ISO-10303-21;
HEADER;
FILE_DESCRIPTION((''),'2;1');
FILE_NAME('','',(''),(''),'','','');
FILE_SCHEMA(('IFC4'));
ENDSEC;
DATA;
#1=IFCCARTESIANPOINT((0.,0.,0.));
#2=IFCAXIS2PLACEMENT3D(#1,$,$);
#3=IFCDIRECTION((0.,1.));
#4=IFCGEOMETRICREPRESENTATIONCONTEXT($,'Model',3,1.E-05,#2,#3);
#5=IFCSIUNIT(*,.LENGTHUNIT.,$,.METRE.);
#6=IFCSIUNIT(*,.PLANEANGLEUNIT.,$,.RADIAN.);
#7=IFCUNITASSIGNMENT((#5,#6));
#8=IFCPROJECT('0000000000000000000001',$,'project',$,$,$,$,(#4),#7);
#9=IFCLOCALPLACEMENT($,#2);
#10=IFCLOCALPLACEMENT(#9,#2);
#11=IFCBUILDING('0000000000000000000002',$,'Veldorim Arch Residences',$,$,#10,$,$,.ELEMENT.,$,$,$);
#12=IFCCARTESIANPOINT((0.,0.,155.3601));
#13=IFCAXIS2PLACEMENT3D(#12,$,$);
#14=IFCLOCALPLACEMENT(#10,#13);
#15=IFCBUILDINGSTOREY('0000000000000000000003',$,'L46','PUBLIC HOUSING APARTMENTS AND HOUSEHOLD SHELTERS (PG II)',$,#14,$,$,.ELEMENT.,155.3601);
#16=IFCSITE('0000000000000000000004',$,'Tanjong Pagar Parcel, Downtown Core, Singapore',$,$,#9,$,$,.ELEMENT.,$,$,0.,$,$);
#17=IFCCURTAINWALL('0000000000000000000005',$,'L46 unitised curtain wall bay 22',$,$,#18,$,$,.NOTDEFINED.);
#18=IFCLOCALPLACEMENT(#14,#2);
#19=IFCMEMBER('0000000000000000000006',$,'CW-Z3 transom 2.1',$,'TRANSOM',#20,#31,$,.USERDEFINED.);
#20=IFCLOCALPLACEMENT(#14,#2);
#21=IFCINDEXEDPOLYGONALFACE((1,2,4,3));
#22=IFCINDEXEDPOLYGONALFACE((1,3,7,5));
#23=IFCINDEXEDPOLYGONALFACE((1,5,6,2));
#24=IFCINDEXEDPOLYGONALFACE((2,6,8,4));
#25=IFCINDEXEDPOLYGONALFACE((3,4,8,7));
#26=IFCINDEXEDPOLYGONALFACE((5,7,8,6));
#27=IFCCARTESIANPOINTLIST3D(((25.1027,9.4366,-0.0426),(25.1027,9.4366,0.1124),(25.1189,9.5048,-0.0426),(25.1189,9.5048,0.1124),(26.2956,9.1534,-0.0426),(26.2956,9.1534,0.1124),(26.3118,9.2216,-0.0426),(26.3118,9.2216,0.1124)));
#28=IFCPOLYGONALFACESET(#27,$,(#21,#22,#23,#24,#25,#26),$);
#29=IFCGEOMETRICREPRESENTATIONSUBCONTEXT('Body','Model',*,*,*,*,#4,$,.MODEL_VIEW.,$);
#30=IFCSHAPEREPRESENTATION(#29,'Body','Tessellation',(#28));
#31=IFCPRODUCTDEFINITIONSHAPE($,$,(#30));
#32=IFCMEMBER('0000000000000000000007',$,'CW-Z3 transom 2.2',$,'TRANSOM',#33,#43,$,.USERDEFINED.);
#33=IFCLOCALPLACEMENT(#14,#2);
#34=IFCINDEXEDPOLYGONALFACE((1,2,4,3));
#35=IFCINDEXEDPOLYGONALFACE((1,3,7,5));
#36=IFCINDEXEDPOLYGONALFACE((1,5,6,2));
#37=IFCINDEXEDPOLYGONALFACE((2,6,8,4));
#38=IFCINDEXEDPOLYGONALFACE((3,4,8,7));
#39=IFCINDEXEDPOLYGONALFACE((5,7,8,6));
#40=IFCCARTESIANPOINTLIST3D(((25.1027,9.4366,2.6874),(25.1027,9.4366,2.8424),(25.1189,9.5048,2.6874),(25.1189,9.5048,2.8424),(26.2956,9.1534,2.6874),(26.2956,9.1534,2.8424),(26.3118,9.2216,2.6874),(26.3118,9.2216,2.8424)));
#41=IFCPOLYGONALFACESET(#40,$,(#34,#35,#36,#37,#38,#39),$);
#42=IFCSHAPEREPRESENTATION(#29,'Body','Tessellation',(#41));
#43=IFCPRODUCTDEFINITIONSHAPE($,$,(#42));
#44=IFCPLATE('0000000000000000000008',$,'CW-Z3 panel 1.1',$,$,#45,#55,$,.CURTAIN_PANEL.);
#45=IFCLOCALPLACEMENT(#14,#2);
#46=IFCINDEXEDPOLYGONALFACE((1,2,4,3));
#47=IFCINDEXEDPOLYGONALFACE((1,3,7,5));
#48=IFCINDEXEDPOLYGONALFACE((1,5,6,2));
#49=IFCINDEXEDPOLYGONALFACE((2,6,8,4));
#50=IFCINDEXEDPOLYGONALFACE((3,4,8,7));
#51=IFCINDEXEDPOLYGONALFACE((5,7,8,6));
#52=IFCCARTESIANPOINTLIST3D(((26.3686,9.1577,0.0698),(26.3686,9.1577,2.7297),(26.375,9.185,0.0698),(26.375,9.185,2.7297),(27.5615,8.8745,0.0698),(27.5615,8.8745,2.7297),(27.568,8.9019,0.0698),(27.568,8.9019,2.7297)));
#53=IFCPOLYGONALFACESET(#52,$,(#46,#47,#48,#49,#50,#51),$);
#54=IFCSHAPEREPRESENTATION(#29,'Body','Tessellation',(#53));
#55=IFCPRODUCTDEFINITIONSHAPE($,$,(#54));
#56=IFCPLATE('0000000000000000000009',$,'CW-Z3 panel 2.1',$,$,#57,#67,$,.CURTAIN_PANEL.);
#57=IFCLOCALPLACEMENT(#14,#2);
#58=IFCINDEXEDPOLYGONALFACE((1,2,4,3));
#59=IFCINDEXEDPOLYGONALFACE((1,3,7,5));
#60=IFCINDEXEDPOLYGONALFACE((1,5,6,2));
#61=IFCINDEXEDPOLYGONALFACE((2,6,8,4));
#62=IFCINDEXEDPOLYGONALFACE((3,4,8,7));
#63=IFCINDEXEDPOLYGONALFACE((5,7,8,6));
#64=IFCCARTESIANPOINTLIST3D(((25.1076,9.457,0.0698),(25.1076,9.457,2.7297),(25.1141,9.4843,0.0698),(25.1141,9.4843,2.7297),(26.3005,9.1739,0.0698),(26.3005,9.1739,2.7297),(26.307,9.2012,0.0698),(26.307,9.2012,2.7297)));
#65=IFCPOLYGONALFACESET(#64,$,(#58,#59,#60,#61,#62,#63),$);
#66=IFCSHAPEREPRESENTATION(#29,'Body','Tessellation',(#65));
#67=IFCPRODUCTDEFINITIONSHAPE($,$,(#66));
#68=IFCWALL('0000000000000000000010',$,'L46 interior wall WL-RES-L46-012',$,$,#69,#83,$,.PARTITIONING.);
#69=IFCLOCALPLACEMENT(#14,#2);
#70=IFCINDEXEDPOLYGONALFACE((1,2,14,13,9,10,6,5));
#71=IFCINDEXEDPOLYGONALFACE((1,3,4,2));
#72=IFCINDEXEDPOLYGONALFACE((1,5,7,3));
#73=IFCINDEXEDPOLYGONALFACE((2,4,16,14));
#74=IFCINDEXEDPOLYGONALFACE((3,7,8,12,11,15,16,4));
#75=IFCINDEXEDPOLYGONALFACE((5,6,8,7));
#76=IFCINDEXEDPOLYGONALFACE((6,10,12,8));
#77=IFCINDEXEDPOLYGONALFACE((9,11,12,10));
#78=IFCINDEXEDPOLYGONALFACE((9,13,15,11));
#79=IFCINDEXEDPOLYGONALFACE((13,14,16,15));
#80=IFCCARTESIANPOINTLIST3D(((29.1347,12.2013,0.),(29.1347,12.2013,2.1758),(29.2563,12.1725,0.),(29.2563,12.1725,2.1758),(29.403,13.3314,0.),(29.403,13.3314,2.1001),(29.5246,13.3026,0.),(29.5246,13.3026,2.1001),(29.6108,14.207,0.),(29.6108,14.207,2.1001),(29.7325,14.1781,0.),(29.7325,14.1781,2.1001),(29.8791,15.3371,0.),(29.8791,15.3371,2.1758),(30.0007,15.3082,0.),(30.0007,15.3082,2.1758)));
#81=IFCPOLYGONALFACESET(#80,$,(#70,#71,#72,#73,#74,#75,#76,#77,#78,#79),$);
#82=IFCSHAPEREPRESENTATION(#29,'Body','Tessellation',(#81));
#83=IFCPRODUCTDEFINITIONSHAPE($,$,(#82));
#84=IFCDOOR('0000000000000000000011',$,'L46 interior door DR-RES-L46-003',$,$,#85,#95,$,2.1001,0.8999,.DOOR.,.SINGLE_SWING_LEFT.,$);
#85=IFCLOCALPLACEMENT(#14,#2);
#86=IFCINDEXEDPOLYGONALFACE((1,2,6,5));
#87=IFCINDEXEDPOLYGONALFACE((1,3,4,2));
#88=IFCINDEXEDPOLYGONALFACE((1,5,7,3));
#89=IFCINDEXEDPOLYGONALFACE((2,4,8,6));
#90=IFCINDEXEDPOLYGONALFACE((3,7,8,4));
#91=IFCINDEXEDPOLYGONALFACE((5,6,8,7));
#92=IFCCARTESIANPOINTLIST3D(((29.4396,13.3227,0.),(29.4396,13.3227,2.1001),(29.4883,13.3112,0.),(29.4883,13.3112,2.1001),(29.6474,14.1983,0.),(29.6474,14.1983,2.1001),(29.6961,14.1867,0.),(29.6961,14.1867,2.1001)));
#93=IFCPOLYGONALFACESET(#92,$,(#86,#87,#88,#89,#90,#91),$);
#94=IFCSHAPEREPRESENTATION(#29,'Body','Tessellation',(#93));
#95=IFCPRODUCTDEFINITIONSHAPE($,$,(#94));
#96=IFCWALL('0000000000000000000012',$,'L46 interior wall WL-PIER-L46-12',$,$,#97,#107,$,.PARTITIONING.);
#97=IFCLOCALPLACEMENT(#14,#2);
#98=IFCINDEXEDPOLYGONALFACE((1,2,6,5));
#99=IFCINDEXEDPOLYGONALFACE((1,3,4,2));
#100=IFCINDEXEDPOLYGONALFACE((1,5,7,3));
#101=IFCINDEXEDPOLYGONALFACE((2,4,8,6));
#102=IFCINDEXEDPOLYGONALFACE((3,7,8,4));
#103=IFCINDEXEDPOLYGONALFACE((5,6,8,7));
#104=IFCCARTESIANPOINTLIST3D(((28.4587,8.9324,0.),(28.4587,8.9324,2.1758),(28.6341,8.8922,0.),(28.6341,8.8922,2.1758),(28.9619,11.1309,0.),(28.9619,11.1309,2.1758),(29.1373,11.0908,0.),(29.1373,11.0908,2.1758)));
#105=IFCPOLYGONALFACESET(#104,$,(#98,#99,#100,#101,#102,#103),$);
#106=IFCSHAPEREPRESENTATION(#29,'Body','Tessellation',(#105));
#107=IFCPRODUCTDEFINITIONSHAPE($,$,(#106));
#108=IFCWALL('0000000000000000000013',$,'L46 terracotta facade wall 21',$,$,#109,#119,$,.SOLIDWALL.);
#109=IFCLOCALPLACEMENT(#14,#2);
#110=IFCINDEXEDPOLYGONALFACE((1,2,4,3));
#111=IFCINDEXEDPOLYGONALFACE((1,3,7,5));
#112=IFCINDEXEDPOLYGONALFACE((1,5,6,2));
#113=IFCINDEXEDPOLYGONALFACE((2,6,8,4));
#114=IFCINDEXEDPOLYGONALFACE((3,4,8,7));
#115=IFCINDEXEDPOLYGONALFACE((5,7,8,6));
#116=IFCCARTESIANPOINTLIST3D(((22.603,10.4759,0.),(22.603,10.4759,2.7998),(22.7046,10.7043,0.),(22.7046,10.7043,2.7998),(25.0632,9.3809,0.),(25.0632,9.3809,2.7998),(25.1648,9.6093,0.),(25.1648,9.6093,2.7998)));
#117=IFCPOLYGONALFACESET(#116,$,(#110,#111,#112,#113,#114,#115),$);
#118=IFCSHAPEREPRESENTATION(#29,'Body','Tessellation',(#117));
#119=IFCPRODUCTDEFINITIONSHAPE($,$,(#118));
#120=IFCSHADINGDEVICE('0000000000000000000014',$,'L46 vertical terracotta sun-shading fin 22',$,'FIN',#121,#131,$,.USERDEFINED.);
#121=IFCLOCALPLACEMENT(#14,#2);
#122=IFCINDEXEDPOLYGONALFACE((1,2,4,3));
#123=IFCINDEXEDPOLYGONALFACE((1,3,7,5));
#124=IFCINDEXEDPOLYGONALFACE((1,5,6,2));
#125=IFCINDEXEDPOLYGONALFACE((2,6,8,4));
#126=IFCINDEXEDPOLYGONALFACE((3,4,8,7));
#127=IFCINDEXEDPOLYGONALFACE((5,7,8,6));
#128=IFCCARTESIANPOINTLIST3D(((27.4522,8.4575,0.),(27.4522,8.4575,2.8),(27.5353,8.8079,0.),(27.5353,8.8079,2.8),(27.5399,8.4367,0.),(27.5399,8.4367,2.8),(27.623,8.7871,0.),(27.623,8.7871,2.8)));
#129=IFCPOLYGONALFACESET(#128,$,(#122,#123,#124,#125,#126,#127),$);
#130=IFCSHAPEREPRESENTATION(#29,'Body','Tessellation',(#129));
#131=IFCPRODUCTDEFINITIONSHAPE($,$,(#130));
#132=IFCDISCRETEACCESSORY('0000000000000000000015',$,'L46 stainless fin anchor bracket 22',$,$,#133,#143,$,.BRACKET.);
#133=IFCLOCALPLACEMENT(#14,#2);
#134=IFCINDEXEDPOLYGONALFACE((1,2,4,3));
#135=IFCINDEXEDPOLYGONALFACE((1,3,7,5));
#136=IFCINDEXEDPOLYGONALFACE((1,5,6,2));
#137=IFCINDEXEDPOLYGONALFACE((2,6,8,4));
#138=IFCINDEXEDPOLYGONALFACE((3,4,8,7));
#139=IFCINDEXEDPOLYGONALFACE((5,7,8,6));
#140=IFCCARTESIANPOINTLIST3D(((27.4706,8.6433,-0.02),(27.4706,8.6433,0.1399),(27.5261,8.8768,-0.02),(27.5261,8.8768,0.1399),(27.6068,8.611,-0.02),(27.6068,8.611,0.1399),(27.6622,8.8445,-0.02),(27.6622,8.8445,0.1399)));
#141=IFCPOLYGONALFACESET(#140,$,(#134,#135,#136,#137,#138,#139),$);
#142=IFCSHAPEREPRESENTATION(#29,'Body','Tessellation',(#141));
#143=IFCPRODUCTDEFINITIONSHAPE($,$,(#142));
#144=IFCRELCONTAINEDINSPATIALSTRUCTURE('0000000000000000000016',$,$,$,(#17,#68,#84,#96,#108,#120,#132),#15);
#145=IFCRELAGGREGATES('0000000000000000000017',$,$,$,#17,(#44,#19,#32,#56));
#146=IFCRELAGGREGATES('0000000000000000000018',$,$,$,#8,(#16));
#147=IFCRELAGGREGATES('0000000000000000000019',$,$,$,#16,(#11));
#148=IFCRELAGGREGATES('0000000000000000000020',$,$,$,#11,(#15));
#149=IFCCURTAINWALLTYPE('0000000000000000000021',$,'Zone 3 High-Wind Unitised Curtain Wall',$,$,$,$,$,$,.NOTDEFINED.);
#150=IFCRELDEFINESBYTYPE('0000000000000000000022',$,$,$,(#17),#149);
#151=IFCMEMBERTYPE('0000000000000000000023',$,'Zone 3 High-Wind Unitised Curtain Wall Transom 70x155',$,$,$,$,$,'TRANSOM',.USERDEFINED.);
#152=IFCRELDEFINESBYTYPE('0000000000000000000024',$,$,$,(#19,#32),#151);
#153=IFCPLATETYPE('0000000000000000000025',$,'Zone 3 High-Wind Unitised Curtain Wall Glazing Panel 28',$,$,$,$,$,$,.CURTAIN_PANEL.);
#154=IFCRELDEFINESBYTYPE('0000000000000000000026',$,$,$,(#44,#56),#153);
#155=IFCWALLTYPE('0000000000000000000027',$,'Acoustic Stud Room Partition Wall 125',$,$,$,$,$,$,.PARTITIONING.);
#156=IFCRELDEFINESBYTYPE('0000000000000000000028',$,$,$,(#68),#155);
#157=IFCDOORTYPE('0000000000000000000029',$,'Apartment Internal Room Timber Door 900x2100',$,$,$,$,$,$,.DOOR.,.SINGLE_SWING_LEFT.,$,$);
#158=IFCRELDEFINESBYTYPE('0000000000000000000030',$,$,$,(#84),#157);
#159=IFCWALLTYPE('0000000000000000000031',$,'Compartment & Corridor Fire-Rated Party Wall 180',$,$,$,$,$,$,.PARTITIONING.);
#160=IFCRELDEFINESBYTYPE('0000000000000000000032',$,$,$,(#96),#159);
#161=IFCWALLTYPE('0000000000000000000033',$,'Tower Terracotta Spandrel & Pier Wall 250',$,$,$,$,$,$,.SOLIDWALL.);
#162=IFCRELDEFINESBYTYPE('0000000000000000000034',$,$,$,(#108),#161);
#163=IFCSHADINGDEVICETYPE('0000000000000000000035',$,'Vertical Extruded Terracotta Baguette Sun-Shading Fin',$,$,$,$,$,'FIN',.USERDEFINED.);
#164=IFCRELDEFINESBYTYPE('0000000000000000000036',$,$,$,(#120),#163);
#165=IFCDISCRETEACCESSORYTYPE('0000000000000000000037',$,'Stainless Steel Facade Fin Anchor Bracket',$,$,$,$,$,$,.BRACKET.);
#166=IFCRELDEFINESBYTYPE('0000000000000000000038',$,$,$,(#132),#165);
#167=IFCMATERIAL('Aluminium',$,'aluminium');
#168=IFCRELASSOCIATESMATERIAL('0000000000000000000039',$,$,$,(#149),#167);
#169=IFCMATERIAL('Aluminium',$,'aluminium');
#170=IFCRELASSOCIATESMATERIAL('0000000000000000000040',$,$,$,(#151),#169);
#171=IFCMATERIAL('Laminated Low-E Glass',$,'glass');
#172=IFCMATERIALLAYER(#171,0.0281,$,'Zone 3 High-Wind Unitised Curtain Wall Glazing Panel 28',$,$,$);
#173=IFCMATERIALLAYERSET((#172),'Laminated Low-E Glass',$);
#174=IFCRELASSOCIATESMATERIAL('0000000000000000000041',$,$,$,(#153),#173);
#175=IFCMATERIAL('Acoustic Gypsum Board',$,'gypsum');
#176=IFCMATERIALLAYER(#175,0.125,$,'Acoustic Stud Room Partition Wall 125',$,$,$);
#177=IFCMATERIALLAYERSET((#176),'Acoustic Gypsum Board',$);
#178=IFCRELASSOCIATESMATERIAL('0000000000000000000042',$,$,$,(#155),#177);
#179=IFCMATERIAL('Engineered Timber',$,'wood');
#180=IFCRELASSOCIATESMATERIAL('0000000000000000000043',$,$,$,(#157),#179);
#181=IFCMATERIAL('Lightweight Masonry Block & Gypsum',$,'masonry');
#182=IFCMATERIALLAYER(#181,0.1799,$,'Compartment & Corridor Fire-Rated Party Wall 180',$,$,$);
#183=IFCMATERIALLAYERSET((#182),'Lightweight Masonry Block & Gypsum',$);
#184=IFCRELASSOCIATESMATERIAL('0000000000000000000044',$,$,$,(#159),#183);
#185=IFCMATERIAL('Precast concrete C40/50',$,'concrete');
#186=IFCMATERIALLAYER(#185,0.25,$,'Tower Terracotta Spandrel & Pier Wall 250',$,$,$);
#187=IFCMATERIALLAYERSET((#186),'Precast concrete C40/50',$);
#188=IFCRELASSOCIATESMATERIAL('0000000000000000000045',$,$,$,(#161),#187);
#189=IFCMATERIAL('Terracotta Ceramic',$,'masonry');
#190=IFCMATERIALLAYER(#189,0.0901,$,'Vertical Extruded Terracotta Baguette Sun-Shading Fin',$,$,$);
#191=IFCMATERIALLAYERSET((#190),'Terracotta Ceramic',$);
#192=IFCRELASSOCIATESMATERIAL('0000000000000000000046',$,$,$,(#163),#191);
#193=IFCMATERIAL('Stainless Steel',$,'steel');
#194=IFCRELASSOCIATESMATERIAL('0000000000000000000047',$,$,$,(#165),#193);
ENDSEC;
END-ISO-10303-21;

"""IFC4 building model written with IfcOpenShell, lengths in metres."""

from ifc_helpers import new_model, si_unit, direction, frame, frame_2d, origin, origin_2d, place, context, subcontext, project, spatial, rectangle, extrude, material, layer, layer_set, material_profile, profile_set, type_object, element, fill, aggregate, save


model = new_model("IFC4")

# Units and contexts
model_context = context("Model", 3, precision=1e-05, world=origin(), true_north=direction((0.0, 1.0)))
body_context = subcontext(model_context, "Body", "Model", "MODEL_VIEW")
ifc_project = project(units=[si_unit("LENGTHUNIT", "METRE"), si_unit("PLANEANGLEUNIT", "RADIAN")], contexts=[model_context])

# Site, building, storey
site_placement = place(None, origin())
site = spatial("IfcSite", under=ifc_project, at=site_placement, Name="Tanjong Pagar Parcel, Downtown Core, Singapore", CompositionType="ELEMENT", RefElevation=0.0)
building_placement = place(site_placement, origin())
building = spatial("IfcBuilding", under=site, at=building_placement, Name="Veldorim Arch Residences", CompositionType="ELEMENT")
storey_placement = place(building_placement, frame((0.0, 0.0, 155.3601)))
storey = spatial("IfcBuildingStorey", under=building, at=storey_placement, Name="L46", Description="PUBLIC HOUSING APARTMENTS AND HOUSEHOLD SHELTERS (PG II)", CompositionType="ELEMENT", Elevation=155.3601)

# Curtain wall, members, plates
ifc_material_1 = material(Name="Aluminium", Category="aluminium")
curtain_wall_type = type_object("IfcCurtainWallType", Name="Zone 3 High-Wind Unitised Curtain Wall", PredefinedType="NOTDEFINED", material=ifc_material_1)
curtain_wall_placement = place(storey_placement, origin())
curtain_wall = element("IfcCurtainWall", 1, at=curtain_wall_placement, inside=storey, type_object=curtain_wall_type, Name="L46 unitised curtain wall bay 22", PredefinedType="NOTDEFINED")
ifc_material_2 = material(Name="Aluminium", Category="aluminium")
ifc_material_profile_1 = material_profile(ifc_material_2, rectangle(XDim=0.0701, YDim=0.155, at=origin_2d()), Name="ALU_TRN_70x155")
ifc_profile_set_1 = profile_set([ifc_material_profile_1], Name="Aluminium")
member_type_1 = type_object("IfcMemberType", Name="Zone 3 High-Wind Unitised Curtain Wall Transom 70x155", ElementType="TRANSOM", PredefinedType="USERDEFINED", material=ifc_profile_set_1)
member_1_placement = place(storey_placement, frame((26.3037, 9.1875, 0.0349), z_axis=(-0.972956, 0.230992, 0.0), x_axis=(-0.230992, -0.972956, 0.0)))
member_1 = element("IfcMember", 2, at=member_1_placement, type_object=member_type_1, Name="CW-Z3 transom 2.1", ObjectType="TRANSOM", PredefinedType="USERDEFINED", context=body_context, shape_type="SweptSolid", body=[
    extrude(rectangle(XDim=0.0701, YDim=0.155, at=origin_2d()), origin(), (0.0, 0.0, 1.0), 1.2261),
])
member_2_placement = place(storey_placement, frame((26.3037, 9.1875, 2.7649), z_axis=(-0.972956, 0.230992, 0.0), x_axis=(-0.230992, -0.972956, 0.0)))
member_2 = element("IfcMember", 3, at=member_2_placement, type_object=member_type_1, Name="CW-Z3 transom 2.2", ObjectType="TRANSOM", PredefinedType="USERDEFINED", context=body_context, shape_type="SweptSolid", body=[
    extrude(rectangle(XDim=0.0701, YDim=0.155, at=origin_2d()), origin(), (0.0, 0.0, 1.0), 1.2261),
])
ifc_material_3 = material(Name="Laminated Low-E Glass", Category="glass")
ifc_layer_1 = layer(ifc_material_3, 0.0281, Name="Zone 3 High-Wind Unitised Curtain Wall Glazing Panel 28")
ifc_layer_set_1 = layer_set([ifc_layer_1], Name="Laminated Low-E Glass")
plate_type = type_object("IfcPlateType", Name="Zone 3 High-Wind Unitised Curtain Wall Glazing Panel 28", PredefinedType="CURTAIN_PANEL", material=ifc_layer_set_1)
plate_1_placement = place(storey_placement, frame((26.9683, 9.0298, 0.0698), z_axis=(0.0, 0.0, 1.0), x_axis=(-0.972964, 0.230957, 0.0)))
plate_1 = element("IfcPlate", 4, at=plate_1_placement, type_object=plate_type, Name="CW-Z3 panel 1.1", PredefinedType="CURTAIN_PANEL", context=body_context, shape_type="SweptSolid", body=[
    extrude(rectangle(XDim=1.2261, YDim=0.0281, at=origin_2d()), origin(), (0.0, 0.0, 1.0), 2.6599),
])
plate_2_placement = place(storey_placement, frame((25.7073, 9.3291, 0.0698), z_axis=(0.0, 0.0, 1.0), x_axis=(-0.972964, 0.230957, 0.0)))
plate_2 = element("IfcPlate", 5, at=plate_2_placement, type_object=plate_type, Name="CW-Z3 panel 2.1", PredefinedType="CURTAIN_PANEL", context=body_context, shape_type="SweptSolid", body=[
    extrude(rectangle(XDim=1.2261, YDim=0.0281, at=origin_2d()), origin(), (0.0, 0.0, 1.0), 2.6599),
])
aggregate(curtain_wall, [plate_1, member_1, member_2, plate_2])

# Wall, opening, door
ifc_material_4 = material(Name="Acoustic Gypsum Board", Category="gypsum")
ifc_layer_2 = layer(ifc_material_4, 0.125, Name="Acoustic Stud Room Partition Wall 125")
ifc_layer_set_2 = layer_set([ifc_layer_2], Name="Acoustic Gypsum Board")
wall_type_1 = type_object("IfcWallType", Name="Acoustic Stud Room Partition Wall 125", PredefinedType="PARTITIONING", material=ifc_layer_set_2)
wall_1_placement = place(storey_placement, frame((29.1956, 12.187, 0.0), z_axis=(0.0, 0.0, 1.0), x_axis=(0.230968, 0.972961, 0.0)))
wall_1 = element("IfcWall", 6, at=wall_1_placement, inside=storey, type_object=wall_type_1, Name="L46 interior wall WL-RES-L46-012", PredefinedType="PARTITIONING", context=body_context, shape_type="SweptSolid", body=[
    extrude(rectangle(XDim=3.2229, YDim=0.125, at=frame_2d((1.6113, 0.0))), origin(), (0.0, 0.0, 1.0), 2.1758),
])
opening_placement = place(wall_1_placement, frame((1.1614, 0.0, 0.0)))
opening = element("IfcOpeningElement", 7, at=opening_placement, cuts=wall_1, PredefinedType="OPENING", context=body_context, shape_type="SweptSolid", body=[
    extrude(rectangle(XDim=0.8999, YDim=2.1001, at=frame_2d((0.45, 1.05))), frame((0.0, 0.0725, 0.0), z_axis=(0.0, -1.0, 0.0), x_axis=(1.0, 0.0, 0.0)), (0.0, 0.0, 1.0), 0.145),
])
ifc_material_5 = material(Name="Engineered Timber", Category="wood")
door_type = type_object("IfcDoorType", Name="Apartment Internal Room Timber Door 900x2100", OperationType="SINGLE_SWING_LEFT", PredefinedType="DOOR", material=ifc_material_5)
door_placement = place(opening_placement, origin())
door = element("IfcDoor", 8, at=door_placement, inside=storey, type_object=door_type, Name="L46 interior door DR-RES-L46-003", OperationType="SINGLE_SWING_LEFT", OverallHeight=2.1001, OverallWidth=0.8999, PredefinedType="DOOR", context=body_context, shape_type="SweptSolid", body=[
    extrude(rectangle(XDim=0.8999, YDim=2.1001, at=frame_2d((0.45, 1.05))), frame((0.0, 0.0249, 0.0), z_axis=(0.0, -1.0, 0.0), x_axis=(1.0, 0.0, 0.0)), (0.0, 0.0, 1.0), 0.05),
])
fill(opening, door)

# Walls
ifc_material_6 = material(Name="Lightweight Masonry Block & Gypsum", Category="masonry")
ifc_layer_3 = layer(ifc_material_6, 0.1799, Name="Compartment & Corridor Fire-Rated Party Wall 180")
ifc_layer_set_3 = layer_set([ifc_layer_3], Name="Lightweight Masonry Block & Gypsum")
wall_type_2 = type_object("IfcWallType", Name="Compartment & Corridor Fire-Rated Party Wall 180", PredefinedType="PARTITIONING", material=ifc_layer_set_3)
wall_2_placement = place(storey_placement, frame((29.0496, 11.1108, 0.0), z_axis=(0.0, 0.0, 1.0), x_axis=(-0.223104, -0.974795, 0.0)))
element("IfcWall", 9, at=wall_2_placement, inside=storey, type_object=wall_type_2, Name="L46 interior wall WL-PIER-L46-12", PredefinedType="PARTITIONING", context=body_context, shape_type="SweptSolid", body=[
    extrude(rectangle(XDim=2.2554, YDim=0.1799, at=frame_2d((1.1277, 0.0))), origin(), (0.0, 0.0, 1.0), 2.1758),
])
ifc_material_7 = material(Name="Precast concrete C40/50", Category="concrete")
ifc_layer_4 = layer(ifc_material_7, 0.25, Name="Tower Terracotta Spandrel & Pier Wall 250")
ifc_layer_set_4 = layer_set([ifc_layer_4], Name="Precast concrete C40/50")
wall_type_3 = type_object("IfcWallType", Name="Tower Terracotta Spandrel & Pier Wall 250", PredefinedType="SOLIDWALL", material=ifc_layer_set_4)
wall_3_placement = place(storey_placement, frame((25.114, 9.4951, 0.0), z_axis=(0.0, 0.0, 1.0), x_axis=(-0.913598, 0.406618, 0.0)))
element("IfcWall", 10, at=wall_3_placement, inside=storey, type_object=wall_type_3, Name="L46 terracotta facade wall 21", PredefinedType="SOLIDWALL", context=body_context, shape_type="SweptSolid", body=[
    extrude(rectangle(XDim=2.6929, YDim=0.25, at=frame_2d((1.3464, 0.0))), origin(), (0.0, 0.0, 1.0), 2.7998),
])

# Shading device
ifc_material_8 = material(Name="Terracotta Ceramic", Category="masonry")
ifc_layer_5 = layer(ifc_material_8, 0.0901, Name="Vertical Extruded Terracotta Baguette Sun-Shading Fin")
ifc_layer_set_5 = layer_set([ifc_layer_5], Name="Terracotta Ceramic")
shading_device_type = type_object("IfcShadingDeviceType", Name="Vertical Extruded Terracotta Baguette Sun-Shading Fin", ElementType="FIN", PredefinedType="USERDEFINED", material=ifc_layer_set_5)
shading_device_placement = place(storey_placement, frame((27.5376, 8.6223, 0.0), z_axis=(0.0, 0.0, 1.0), x_axis=(-0.972978, 0.230899, 0.0)))
element("IfcShadingDevice", 11, at=shading_device_placement, inside=storey, type_object=shading_device_type, Name="L46 vertical terracotta sun-shading fin 22", ObjectType="FIN", PredefinedType="USERDEFINED", context=body_context, shape_type="SweptSolid", body=[
    extrude(rectangle(XDim=0.0901, YDim=0.3601, at=origin_2d()), origin(), (0.0, 0.0, 1.0), 2.8),
])

# Discrete accessory
ifc_material_9 = material(Name="Stainless Steel", Category="steel")
discrete_accessory_type = type_object("IfcDiscreteAccessoryType", Name="Stainless Steel Facade Fin Anchor Bracket", PredefinedType="BRACKET", material=ifc_material_9)
discrete_accessory_placement = place(storey_placement, frame((27.5664, 8.7439, -0.02), z_axis=(0.0, 0.0, 1.0), x_axis=(-0.972978, 0.230899, 0.0)))
element("IfcDiscreteAccessory", 12, at=discrete_accessory_placement, inside=storey, type_object=discrete_accessory_type, Name="L46 stainless fin anchor bracket 22", PredefinedType="BRACKET", context=body_context, shape_type="SweptSolid", body=[
    extrude(rectangle(XDim=0.1399, YDim=0.24, at=origin_2d()), origin(), (0.0, 0.0, 1.0), 0.1599),
])

save(model, "model.ifc")
